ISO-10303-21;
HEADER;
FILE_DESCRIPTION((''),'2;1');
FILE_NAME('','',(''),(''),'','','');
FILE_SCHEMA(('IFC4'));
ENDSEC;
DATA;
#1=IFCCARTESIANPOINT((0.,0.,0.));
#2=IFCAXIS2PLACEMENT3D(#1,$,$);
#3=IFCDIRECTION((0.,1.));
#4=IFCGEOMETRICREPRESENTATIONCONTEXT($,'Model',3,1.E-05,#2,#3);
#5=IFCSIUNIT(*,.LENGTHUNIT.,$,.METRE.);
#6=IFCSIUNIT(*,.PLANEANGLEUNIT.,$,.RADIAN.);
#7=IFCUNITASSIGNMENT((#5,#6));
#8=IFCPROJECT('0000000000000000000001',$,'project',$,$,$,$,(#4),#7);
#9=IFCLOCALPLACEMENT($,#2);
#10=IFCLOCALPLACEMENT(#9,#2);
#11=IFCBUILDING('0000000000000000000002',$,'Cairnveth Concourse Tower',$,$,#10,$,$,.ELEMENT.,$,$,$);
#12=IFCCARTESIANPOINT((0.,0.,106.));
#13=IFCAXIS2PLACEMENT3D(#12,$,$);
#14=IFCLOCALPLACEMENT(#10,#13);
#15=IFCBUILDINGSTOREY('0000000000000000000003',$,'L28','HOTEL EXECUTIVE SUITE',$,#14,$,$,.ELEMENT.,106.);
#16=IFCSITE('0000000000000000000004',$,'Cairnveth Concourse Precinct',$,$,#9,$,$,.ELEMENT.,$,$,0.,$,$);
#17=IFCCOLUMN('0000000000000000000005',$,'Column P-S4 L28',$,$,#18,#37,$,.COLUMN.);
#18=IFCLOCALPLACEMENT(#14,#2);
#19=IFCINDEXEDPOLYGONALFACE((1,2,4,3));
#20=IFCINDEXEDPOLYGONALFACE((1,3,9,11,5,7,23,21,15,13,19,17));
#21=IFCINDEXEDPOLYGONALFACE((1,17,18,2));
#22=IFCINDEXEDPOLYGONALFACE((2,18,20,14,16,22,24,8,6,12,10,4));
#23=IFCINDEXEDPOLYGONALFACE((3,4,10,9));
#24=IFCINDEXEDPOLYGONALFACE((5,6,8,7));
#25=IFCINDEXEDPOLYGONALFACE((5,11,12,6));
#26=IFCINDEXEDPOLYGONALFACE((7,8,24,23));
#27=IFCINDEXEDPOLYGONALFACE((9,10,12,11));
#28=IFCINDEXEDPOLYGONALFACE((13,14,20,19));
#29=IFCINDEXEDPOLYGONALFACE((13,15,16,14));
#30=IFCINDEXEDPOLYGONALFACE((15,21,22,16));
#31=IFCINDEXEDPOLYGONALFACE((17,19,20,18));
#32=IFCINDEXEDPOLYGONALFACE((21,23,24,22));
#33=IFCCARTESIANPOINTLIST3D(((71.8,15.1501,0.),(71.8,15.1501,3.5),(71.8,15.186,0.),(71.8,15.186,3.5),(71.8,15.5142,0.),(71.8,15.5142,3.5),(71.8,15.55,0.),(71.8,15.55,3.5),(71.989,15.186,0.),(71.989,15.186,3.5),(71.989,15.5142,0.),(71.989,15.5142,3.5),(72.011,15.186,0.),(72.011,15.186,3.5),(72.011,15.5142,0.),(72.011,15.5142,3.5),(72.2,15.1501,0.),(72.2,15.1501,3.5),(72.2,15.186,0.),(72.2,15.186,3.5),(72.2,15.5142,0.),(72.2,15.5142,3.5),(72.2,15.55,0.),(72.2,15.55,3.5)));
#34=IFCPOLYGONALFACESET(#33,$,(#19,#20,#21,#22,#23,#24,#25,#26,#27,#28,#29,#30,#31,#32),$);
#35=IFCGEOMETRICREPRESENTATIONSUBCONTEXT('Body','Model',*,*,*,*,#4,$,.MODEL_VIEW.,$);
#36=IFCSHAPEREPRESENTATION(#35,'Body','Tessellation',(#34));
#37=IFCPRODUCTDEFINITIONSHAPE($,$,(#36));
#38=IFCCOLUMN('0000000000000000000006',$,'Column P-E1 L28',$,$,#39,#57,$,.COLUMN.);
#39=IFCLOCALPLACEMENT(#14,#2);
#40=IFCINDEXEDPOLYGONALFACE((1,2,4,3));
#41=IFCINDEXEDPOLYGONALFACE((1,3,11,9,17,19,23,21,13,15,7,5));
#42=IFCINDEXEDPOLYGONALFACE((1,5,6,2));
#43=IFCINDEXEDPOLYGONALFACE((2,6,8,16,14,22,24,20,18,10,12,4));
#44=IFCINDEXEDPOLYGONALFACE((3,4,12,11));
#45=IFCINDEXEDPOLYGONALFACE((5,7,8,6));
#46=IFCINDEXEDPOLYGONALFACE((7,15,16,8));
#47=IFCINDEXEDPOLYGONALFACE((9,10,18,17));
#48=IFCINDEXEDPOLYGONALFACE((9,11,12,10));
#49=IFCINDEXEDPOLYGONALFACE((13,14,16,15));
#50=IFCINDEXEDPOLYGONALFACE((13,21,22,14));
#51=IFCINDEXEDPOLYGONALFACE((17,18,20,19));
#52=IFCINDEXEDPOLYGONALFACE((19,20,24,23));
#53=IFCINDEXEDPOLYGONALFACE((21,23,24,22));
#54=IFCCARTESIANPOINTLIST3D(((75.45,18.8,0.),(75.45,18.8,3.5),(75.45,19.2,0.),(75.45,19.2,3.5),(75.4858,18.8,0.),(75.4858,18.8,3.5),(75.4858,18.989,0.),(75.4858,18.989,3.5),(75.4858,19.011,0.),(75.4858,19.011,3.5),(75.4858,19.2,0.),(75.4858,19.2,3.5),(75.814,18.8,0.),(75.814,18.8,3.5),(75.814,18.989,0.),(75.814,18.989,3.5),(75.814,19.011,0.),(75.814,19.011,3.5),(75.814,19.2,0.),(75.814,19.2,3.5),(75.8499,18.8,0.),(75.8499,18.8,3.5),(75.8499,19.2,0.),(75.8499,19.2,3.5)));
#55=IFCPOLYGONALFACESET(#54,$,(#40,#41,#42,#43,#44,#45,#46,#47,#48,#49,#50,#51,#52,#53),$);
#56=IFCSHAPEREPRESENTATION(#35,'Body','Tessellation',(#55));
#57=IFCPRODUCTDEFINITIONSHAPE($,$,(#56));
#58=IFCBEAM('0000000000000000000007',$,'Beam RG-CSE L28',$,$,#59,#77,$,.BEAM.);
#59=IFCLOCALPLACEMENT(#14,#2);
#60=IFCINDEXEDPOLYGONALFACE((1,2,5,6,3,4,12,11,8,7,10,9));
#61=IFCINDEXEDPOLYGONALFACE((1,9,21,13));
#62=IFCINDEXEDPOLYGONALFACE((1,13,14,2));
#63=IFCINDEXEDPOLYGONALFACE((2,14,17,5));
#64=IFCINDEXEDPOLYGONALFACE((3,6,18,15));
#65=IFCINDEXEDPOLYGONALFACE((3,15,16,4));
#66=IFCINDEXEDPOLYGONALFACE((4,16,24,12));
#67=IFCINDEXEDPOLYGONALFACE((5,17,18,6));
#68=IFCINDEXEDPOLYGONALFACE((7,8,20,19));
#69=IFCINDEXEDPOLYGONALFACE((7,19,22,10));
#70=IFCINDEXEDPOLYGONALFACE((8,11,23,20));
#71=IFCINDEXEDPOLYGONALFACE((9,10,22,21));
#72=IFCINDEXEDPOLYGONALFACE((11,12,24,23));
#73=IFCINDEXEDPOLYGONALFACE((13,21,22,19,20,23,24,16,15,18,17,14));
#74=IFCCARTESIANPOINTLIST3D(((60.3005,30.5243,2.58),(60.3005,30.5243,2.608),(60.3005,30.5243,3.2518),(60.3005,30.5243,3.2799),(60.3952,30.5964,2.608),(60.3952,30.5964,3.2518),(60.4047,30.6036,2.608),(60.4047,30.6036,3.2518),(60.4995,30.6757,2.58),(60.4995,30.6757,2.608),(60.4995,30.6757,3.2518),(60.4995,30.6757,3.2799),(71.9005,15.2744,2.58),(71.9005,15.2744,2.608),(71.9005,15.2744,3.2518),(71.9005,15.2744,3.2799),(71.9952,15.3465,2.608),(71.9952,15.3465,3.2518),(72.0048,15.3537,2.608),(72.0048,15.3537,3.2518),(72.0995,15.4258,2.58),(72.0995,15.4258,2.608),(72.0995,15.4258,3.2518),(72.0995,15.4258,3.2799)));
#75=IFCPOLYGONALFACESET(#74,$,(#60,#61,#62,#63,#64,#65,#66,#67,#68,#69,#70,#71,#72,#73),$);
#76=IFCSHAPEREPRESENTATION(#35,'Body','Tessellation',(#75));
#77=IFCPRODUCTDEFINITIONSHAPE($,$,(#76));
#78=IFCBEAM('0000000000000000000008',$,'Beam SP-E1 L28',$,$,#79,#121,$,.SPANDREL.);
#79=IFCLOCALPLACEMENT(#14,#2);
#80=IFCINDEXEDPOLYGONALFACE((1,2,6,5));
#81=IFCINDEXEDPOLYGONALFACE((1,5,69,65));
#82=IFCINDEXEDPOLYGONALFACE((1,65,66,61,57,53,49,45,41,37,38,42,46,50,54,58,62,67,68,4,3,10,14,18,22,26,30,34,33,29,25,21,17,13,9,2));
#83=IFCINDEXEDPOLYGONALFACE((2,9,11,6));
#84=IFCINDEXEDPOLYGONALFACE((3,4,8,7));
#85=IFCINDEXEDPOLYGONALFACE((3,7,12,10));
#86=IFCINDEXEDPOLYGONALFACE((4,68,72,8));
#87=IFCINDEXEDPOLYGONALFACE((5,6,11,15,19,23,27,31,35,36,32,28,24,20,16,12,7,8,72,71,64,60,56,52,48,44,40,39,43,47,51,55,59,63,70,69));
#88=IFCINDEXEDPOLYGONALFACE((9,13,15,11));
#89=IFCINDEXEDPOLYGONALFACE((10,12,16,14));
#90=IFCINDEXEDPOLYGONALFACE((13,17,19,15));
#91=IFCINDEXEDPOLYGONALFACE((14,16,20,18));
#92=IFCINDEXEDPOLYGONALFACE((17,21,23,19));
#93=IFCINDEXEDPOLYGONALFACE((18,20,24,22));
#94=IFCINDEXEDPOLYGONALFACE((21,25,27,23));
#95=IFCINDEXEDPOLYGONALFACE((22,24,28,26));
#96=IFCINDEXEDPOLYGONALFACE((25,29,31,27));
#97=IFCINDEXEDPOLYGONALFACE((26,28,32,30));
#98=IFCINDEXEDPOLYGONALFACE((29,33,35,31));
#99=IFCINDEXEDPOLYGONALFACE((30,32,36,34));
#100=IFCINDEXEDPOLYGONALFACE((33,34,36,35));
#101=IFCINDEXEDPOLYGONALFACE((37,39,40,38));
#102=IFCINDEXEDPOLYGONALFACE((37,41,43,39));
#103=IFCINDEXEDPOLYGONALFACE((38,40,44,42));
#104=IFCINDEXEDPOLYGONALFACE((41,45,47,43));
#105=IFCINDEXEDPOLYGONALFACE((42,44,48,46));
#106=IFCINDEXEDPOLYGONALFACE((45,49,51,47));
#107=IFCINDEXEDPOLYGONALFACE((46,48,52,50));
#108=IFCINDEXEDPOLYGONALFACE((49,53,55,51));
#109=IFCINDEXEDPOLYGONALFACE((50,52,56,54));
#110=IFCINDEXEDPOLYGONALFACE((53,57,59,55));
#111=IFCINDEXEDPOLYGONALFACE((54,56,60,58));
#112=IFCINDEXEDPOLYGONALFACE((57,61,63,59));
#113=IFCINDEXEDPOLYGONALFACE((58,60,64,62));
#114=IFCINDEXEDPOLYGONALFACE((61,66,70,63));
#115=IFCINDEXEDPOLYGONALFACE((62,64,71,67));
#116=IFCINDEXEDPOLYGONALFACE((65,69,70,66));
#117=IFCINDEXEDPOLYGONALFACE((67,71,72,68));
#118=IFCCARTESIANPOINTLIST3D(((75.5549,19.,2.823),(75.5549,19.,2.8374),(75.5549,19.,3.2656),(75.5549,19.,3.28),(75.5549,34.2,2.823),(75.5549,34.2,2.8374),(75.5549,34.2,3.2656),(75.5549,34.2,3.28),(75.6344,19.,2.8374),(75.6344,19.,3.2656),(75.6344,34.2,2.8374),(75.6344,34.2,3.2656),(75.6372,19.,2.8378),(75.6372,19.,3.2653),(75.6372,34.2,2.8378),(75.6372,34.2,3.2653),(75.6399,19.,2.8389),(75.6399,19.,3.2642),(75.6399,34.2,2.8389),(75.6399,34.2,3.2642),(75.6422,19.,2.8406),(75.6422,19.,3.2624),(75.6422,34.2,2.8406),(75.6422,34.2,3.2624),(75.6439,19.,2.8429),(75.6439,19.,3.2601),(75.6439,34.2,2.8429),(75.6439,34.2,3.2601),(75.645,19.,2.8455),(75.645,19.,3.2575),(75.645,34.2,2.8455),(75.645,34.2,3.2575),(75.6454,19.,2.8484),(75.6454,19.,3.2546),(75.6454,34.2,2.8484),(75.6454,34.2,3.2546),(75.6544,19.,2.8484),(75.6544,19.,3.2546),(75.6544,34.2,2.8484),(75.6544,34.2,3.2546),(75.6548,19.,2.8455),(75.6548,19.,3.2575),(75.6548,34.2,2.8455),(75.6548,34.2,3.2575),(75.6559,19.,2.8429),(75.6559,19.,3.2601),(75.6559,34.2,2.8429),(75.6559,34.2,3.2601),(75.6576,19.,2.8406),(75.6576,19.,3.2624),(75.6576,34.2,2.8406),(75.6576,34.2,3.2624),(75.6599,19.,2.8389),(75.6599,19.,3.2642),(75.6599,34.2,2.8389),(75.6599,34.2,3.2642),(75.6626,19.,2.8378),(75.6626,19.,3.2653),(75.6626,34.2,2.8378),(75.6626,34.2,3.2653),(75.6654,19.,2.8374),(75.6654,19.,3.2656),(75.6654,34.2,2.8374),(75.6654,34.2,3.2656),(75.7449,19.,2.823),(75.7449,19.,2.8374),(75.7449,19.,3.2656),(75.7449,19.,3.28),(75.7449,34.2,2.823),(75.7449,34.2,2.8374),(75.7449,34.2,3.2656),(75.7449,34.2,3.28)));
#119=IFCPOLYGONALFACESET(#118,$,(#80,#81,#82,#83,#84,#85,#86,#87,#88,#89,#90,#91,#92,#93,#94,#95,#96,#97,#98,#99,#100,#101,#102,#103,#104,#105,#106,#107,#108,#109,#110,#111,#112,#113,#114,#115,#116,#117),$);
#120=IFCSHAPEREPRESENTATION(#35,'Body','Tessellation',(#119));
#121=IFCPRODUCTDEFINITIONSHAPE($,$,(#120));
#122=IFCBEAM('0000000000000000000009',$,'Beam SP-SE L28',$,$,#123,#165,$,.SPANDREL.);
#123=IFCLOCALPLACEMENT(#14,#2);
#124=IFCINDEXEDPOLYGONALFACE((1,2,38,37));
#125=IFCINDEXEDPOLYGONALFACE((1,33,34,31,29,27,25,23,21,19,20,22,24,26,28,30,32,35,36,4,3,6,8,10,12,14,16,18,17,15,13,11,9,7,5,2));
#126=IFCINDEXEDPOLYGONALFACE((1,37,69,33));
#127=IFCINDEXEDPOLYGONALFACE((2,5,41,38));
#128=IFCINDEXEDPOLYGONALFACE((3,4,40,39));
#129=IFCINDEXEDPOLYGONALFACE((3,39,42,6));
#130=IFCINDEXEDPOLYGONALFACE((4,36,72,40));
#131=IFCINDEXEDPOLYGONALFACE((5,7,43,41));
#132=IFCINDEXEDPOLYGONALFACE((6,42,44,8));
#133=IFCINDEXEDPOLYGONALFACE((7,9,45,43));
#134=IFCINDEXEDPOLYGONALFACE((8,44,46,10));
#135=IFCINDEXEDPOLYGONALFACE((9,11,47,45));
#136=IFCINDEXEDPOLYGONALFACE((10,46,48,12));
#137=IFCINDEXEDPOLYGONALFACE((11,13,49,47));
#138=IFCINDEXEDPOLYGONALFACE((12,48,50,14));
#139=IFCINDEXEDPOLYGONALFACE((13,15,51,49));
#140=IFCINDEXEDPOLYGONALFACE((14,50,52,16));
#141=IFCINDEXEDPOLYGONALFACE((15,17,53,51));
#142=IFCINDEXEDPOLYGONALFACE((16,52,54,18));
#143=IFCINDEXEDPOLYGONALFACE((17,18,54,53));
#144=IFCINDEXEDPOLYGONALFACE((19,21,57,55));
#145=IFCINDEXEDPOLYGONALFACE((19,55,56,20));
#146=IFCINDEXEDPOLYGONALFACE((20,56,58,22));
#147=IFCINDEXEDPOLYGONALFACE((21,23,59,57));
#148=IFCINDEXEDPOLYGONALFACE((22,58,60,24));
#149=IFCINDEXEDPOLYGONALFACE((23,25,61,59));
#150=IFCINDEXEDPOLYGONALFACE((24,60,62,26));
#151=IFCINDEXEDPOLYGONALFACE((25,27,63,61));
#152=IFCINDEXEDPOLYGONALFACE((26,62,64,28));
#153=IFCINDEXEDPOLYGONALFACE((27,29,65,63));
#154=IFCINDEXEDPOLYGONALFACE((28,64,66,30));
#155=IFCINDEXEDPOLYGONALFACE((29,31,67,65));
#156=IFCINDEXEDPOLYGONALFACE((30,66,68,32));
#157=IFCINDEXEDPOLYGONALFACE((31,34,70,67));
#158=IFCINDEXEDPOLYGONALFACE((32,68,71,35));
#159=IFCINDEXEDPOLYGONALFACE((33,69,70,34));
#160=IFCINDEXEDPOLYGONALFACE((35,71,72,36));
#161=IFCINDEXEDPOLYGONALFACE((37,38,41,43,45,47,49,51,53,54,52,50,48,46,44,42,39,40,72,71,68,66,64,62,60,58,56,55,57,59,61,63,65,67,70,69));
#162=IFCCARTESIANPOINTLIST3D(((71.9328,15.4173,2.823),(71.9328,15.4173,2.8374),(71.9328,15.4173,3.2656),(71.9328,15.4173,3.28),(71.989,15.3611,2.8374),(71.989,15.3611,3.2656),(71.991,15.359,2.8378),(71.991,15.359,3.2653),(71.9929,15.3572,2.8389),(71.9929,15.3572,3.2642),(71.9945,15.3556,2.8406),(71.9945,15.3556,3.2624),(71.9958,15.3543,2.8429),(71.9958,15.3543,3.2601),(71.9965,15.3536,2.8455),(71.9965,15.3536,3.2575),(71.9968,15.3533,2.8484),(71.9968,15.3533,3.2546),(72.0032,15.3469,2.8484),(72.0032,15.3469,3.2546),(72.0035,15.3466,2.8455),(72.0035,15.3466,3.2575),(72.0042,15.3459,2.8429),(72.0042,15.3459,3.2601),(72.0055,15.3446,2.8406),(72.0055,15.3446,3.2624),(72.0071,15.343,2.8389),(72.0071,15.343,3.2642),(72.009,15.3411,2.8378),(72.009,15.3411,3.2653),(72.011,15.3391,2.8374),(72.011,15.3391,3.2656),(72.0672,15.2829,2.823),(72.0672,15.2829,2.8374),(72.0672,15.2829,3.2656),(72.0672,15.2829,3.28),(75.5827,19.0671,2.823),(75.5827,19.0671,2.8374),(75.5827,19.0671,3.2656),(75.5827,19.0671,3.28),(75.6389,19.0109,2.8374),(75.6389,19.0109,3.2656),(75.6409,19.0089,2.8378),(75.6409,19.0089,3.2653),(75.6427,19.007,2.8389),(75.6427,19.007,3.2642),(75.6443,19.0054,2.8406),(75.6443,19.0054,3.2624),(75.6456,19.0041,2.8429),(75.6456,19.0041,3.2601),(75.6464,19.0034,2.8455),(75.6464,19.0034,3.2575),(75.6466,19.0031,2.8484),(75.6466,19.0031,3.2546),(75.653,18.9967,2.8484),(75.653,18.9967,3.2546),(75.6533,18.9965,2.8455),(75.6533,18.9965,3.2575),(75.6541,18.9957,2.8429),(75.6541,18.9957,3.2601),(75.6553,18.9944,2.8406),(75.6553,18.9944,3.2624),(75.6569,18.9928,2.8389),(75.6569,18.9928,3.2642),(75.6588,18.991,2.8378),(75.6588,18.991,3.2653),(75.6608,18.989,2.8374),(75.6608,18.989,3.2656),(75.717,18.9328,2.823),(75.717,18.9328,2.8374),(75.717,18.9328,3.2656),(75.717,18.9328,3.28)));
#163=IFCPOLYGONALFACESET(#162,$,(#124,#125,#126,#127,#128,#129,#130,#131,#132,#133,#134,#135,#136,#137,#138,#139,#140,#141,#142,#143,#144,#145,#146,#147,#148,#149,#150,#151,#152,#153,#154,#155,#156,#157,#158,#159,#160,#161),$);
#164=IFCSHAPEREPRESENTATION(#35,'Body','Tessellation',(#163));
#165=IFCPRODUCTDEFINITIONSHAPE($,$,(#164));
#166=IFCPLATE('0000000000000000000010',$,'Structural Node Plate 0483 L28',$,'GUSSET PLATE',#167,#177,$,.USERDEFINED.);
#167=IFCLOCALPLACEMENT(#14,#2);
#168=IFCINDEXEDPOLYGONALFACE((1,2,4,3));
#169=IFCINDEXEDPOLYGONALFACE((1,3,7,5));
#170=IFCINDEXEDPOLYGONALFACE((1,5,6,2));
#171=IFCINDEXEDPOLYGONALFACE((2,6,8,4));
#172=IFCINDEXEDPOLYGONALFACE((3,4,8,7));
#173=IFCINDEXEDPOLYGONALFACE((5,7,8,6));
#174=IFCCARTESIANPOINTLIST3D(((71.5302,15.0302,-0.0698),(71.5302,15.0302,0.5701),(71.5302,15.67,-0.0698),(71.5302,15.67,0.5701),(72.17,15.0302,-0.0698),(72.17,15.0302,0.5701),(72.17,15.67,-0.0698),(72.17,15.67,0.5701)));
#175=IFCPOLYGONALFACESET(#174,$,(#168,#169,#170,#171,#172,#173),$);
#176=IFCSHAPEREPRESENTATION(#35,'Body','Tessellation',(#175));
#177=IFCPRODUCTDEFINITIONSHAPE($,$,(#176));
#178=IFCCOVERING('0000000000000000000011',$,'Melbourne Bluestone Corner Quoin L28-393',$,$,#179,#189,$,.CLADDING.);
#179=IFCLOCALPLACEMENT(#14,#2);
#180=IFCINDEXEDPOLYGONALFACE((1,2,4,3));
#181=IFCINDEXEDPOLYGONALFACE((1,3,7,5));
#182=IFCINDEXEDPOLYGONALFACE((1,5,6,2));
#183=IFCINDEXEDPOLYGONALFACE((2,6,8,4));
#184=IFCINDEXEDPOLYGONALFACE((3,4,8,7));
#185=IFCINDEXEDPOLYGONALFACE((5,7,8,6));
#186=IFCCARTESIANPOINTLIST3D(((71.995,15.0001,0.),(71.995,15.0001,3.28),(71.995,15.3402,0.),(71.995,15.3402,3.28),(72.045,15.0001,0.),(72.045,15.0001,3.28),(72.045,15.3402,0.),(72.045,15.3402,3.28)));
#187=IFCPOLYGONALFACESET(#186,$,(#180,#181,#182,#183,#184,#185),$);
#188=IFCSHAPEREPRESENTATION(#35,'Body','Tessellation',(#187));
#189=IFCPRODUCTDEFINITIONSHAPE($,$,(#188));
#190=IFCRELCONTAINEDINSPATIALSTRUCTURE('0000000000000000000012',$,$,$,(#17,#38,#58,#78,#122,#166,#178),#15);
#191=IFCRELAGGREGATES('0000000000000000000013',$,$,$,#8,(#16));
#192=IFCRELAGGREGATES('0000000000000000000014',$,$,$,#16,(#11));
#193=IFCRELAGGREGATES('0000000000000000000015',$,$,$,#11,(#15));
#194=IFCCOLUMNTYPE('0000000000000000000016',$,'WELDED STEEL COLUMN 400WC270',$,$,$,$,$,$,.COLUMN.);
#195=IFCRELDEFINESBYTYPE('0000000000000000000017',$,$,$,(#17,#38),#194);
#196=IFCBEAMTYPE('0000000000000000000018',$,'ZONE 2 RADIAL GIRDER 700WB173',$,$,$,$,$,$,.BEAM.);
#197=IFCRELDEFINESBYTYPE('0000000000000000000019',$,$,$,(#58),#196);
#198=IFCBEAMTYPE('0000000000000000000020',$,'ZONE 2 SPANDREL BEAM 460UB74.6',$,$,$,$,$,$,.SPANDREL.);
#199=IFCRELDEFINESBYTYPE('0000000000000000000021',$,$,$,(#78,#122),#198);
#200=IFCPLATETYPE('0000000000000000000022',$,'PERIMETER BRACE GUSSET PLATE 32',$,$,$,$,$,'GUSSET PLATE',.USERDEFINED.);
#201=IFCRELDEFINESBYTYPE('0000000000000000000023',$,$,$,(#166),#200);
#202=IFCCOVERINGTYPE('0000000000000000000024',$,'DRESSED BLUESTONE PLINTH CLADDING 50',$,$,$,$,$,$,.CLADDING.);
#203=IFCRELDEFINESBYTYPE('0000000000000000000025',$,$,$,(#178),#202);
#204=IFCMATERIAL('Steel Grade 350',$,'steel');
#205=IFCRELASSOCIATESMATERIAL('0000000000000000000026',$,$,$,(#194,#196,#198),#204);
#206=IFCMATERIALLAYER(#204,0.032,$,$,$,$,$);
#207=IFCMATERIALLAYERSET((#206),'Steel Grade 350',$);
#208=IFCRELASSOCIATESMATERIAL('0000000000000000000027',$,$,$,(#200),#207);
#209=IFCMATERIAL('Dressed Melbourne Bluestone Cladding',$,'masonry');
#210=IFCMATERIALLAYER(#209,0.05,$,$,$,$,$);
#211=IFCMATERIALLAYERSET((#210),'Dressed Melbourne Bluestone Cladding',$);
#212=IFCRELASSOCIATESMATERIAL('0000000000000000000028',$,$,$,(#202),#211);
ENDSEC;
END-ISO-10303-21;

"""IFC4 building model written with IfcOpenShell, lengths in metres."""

from ifc_helpers import new_model, si_unit, direction, frame, frame_2d, origin, origin_2d, place, context, subcontext, project, spatial, rectangle, i_section, extrude, material, layer, layer_set, material_profile, profile_set, type_object, element, save


model = new_model("IFC4")

# Units and contexts
model_context = context("Model", 3, precision=1e-05, world=origin(), true_north=direction((0.0, 1.0)))
body_context = subcontext(model_context, "Body", "Model", "MODEL_VIEW")
ifc_project = project(units=[si_unit("LENGTHUNIT", "METRE"), si_unit("PLANEANGLEUNIT", "RADIAN")], contexts=[model_context])

# Site, building, storey
site_placement = place(None, origin())
site = spatial("IfcSite", under=ifc_project, at=site_placement, Name="Cairnveth Concourse Precinct", CompositionType="ELEMENT", RefElevation=0.0)
building_placement = place(site_placement, origin())
building = spatial("IfcBuilding", under=site, at=building_placement, Name="Cairnveth Concourse Tower", CompositionType="ELEMENT")
storey_placement = place(building_placement, frame((0.0, 0.0, 106.0)))
storey = spatial("IfcBuildingStorey", under=building, at=storey_placement, Name="L28", Description="HOTEL EXECUTIVE SUITE", CompositionType="ELEMENT", Elevation=106.0)

# Columns
ifc_material_1 = material(Name="Steel Grade 350", Category="steel")
ifc_material_profile_1 = material_profile(ifc_material_1, i_section(OverallWidth=0.3999, OverallDepth=0.3999, WebThickness=0.022, FlangeThickness=0.0359, at=origin_2d()), Name="400WC270")
ifc_profile_set_1 = profile_set([ifc_material_profile_1], Name="Steel Grade 350")
column_type = type_object("IfcColumnType", Name="WELDED STEEL COLUMN 400WC270", PredefinedType="COLUMN", material=ifc_profile_set_1)
for number, where, z_axis, x_axis, name in (
    (1, (72.0, 15.3501, 0.0), (0.0, 0.0, 1.0), (1.0, 0.0, 0.0), "Column P-S4 L28"),
    (2, (75.6499, 19.0, 0.0), (0.0, 0.0, 1.0), (0.0, 1.0, 0.0), "Column P-E1 L28"),
):
    element("IfcColumn", number, at=place(storey_placement, frame(where, z_axis=z_axis, x_axis=x_axis)), inside=storey, type_object=column_type, Name=name, PredefinedType="COLUMN", context=body_context, shape_type="SweptSolid", body=[
        extrude(i_section(OverallWidth=0.3999, OverallDepth=0.3999, WebThickness=0.022, FlangeThickness=0.0359, at=origin_2d()), origin(), (0.0, 0.0, 1.0), 3.5),
    ])

# Beams
ifc_material_profile_2 = material_profile(ifc_material_1, i_section(OverallWidth=0.25, OverallDepth=0.7, WebThickness=0.012, FlangeThickness=0.0281, at=origin_2d()), Name="700WB173")
ifc_profile_set_2 = profile_set([ifc_material_profile_2], Name="Steel Grade 350")
beam_type_1 = type_object("IfcBeamType", Name="ZONE 2 RADIAL GIRDER 700WB173", PredefinedType="BEAM", material=ifc_profile_set_2)
beam_1_placement = place(storey_placement, frame((72.0, 15.3501, 2.9299), z_axis=(-0.605417, 0.795908, 0.0), x_axis=(-0.795908, -0.605417, 0.0)))
element("IfcBeam", 3, at=beam_1_placement, inside=storey, type_object=beam_type_1, Name="Beam RG-CSE L28", PredefinedType="BEAM", context=body_context, shape_type="SweptSolid", body=[
    extrude(i_section(OverallWidth=0.25, OverallDepth=0.7, WebThickness=0.012, FlangeThickness=0.0281, at=origin_2d()), origin(), (0.0, 0.0, 1.0), 19.1604),
])
ifc_material_profile_3 = material_profile(ifc_material_1, i_section(OverallWidth=0.1899, OverallDepth=0.457, WebThickness=0.009, FlangeThickness=0.0144, FilletRadius=0.011, at=origin_2d()), Name="460UB74.6")
ifc_profile_set_3 = profile_set([ifc_material_profile_3], Name="Steel Grade 350")
beam_type_2 = type_object("IfcBeamType", Name="ZONE 2 SPANDREL BEAM 460UB74.6", PredefinedType="SPANDREL", material=ifc_profile_set_3)
beam_2_placement = place(storey_placement, frame((75.6499, 19.0, 3.0515), z_axis=(0.0, 1.0, 0.0), x_axis=(-1.0, 0.0, 0.0)))
element("IfcBeam", 4, at=beam_2_placement, inside=storey, type_object=beam_type_2, Name="Beam SP-E1 L28", PredefinedType="SPANDREL", context=body_context, shape_type="SweptSolid", body=[
    extrude(i_section(OverallWidth=0.1899, OverallDepth=0.457, WebThickness=0.009, FlangeThickness=0.0144, FilletRadius=0.011, at=origin_2d()), origin(), (0.0, 0.0, 1.0), 15.2),
])
beam_3_placement = place(storey_placement, frame((72.0, 15.3501, 3.0515), z_axis=(0.707107, 0.707107, 0.0), x_axis=(-0.707107, 0.707107, 0.0)))
element("IfcBeam", 5, at=beam_3_placement, inside=storey, type_object=beam_type_2, Name="Beam SP-SE L28", PredefinedType="SPANDREL", context=body_context, shape_type="SweptSolid", body=[
    extrude(i_section(OverallWidth=0.1899, OverallDepth=0.457, WebThickness=0.009, FlangeThickness=0.0144, FilletRadius=0.011, at=origin_2d()), origin(), (0.0, 0.0, 1.0), 5.1616),
])

# Plate
ifc_layer_1 = layer(ifc_material_1, 0.032)
ifc_layer_set_1 = layer_set([ifc_layer_1], Name="Steel Grade 350")
plate_type = type_object("IfcPlateType", Name="PERIMETER BRACE GUSSET PLATE 32", ElementType="GUSSET PLATE", PredefinedType="USERDEFINED", material=ifc_layer_set_1)
plate_placement = place(storey_placement, frame((71.8501, 15.3501, -0.0698), z_axis=(0.0, 0.0, 1.0), x_axis=(1.0, 0.0, 0.0)))
element("IfcPlate", 6, at=plate_placement, inside=storey, type_object=plate_type, Name="Structural Node Plate 0483 L28", ObjectType="GUSSET PLATE", PredefinedType="USERDEFINED", context=body_context, shape_type="SweptSolid", body=[
    extrude(rectangle(XDim=0.6399, YDim=0.6399, at=origin_2d()), origin(), (0.0, 0.0, 1.0), 0.6399),
])

# Covering
ifc_material_2 = material(Name="Dressed Melbourne Bluestone Cladding", Category="masonry")
ifc_layer_2 = layer(ifc_material_2, 0.05)
ifc_layer_set_2 = layer_set([ifc_layer_2], Name="Dressed Melbourne Bluestone Cladding")
covering_type = type_object("IfcCoveringType", Name="DRESSED BLUESTONE PLINTH CLADDING 50", PredefinedType="CLADDING", material=ifc_layer_set_2)
covering_placement = place(storey_placement, frame((72.02, 15.3401, 0.0), z_axis=(0.0, 0.0, 1.0), x_axis=(0.0, -1.0, 0.0)))
element("IfcCovering", 7, at=covering_placement, inside=storey, type_object=covering_type, Name="Melbourne Bluestone Corner Quoin L28-393", PredefinedType="CLADDING", context=body_context, shape_type="SweptSolid", body=[
    extrude(rectangle(XDim=0.3401, YDim=0.05, at=frame_2d((0.1699, 0.0))), origin(), (0.0, 0.0, 1.0), 3.28),
])

save(model, "model.ifc")
